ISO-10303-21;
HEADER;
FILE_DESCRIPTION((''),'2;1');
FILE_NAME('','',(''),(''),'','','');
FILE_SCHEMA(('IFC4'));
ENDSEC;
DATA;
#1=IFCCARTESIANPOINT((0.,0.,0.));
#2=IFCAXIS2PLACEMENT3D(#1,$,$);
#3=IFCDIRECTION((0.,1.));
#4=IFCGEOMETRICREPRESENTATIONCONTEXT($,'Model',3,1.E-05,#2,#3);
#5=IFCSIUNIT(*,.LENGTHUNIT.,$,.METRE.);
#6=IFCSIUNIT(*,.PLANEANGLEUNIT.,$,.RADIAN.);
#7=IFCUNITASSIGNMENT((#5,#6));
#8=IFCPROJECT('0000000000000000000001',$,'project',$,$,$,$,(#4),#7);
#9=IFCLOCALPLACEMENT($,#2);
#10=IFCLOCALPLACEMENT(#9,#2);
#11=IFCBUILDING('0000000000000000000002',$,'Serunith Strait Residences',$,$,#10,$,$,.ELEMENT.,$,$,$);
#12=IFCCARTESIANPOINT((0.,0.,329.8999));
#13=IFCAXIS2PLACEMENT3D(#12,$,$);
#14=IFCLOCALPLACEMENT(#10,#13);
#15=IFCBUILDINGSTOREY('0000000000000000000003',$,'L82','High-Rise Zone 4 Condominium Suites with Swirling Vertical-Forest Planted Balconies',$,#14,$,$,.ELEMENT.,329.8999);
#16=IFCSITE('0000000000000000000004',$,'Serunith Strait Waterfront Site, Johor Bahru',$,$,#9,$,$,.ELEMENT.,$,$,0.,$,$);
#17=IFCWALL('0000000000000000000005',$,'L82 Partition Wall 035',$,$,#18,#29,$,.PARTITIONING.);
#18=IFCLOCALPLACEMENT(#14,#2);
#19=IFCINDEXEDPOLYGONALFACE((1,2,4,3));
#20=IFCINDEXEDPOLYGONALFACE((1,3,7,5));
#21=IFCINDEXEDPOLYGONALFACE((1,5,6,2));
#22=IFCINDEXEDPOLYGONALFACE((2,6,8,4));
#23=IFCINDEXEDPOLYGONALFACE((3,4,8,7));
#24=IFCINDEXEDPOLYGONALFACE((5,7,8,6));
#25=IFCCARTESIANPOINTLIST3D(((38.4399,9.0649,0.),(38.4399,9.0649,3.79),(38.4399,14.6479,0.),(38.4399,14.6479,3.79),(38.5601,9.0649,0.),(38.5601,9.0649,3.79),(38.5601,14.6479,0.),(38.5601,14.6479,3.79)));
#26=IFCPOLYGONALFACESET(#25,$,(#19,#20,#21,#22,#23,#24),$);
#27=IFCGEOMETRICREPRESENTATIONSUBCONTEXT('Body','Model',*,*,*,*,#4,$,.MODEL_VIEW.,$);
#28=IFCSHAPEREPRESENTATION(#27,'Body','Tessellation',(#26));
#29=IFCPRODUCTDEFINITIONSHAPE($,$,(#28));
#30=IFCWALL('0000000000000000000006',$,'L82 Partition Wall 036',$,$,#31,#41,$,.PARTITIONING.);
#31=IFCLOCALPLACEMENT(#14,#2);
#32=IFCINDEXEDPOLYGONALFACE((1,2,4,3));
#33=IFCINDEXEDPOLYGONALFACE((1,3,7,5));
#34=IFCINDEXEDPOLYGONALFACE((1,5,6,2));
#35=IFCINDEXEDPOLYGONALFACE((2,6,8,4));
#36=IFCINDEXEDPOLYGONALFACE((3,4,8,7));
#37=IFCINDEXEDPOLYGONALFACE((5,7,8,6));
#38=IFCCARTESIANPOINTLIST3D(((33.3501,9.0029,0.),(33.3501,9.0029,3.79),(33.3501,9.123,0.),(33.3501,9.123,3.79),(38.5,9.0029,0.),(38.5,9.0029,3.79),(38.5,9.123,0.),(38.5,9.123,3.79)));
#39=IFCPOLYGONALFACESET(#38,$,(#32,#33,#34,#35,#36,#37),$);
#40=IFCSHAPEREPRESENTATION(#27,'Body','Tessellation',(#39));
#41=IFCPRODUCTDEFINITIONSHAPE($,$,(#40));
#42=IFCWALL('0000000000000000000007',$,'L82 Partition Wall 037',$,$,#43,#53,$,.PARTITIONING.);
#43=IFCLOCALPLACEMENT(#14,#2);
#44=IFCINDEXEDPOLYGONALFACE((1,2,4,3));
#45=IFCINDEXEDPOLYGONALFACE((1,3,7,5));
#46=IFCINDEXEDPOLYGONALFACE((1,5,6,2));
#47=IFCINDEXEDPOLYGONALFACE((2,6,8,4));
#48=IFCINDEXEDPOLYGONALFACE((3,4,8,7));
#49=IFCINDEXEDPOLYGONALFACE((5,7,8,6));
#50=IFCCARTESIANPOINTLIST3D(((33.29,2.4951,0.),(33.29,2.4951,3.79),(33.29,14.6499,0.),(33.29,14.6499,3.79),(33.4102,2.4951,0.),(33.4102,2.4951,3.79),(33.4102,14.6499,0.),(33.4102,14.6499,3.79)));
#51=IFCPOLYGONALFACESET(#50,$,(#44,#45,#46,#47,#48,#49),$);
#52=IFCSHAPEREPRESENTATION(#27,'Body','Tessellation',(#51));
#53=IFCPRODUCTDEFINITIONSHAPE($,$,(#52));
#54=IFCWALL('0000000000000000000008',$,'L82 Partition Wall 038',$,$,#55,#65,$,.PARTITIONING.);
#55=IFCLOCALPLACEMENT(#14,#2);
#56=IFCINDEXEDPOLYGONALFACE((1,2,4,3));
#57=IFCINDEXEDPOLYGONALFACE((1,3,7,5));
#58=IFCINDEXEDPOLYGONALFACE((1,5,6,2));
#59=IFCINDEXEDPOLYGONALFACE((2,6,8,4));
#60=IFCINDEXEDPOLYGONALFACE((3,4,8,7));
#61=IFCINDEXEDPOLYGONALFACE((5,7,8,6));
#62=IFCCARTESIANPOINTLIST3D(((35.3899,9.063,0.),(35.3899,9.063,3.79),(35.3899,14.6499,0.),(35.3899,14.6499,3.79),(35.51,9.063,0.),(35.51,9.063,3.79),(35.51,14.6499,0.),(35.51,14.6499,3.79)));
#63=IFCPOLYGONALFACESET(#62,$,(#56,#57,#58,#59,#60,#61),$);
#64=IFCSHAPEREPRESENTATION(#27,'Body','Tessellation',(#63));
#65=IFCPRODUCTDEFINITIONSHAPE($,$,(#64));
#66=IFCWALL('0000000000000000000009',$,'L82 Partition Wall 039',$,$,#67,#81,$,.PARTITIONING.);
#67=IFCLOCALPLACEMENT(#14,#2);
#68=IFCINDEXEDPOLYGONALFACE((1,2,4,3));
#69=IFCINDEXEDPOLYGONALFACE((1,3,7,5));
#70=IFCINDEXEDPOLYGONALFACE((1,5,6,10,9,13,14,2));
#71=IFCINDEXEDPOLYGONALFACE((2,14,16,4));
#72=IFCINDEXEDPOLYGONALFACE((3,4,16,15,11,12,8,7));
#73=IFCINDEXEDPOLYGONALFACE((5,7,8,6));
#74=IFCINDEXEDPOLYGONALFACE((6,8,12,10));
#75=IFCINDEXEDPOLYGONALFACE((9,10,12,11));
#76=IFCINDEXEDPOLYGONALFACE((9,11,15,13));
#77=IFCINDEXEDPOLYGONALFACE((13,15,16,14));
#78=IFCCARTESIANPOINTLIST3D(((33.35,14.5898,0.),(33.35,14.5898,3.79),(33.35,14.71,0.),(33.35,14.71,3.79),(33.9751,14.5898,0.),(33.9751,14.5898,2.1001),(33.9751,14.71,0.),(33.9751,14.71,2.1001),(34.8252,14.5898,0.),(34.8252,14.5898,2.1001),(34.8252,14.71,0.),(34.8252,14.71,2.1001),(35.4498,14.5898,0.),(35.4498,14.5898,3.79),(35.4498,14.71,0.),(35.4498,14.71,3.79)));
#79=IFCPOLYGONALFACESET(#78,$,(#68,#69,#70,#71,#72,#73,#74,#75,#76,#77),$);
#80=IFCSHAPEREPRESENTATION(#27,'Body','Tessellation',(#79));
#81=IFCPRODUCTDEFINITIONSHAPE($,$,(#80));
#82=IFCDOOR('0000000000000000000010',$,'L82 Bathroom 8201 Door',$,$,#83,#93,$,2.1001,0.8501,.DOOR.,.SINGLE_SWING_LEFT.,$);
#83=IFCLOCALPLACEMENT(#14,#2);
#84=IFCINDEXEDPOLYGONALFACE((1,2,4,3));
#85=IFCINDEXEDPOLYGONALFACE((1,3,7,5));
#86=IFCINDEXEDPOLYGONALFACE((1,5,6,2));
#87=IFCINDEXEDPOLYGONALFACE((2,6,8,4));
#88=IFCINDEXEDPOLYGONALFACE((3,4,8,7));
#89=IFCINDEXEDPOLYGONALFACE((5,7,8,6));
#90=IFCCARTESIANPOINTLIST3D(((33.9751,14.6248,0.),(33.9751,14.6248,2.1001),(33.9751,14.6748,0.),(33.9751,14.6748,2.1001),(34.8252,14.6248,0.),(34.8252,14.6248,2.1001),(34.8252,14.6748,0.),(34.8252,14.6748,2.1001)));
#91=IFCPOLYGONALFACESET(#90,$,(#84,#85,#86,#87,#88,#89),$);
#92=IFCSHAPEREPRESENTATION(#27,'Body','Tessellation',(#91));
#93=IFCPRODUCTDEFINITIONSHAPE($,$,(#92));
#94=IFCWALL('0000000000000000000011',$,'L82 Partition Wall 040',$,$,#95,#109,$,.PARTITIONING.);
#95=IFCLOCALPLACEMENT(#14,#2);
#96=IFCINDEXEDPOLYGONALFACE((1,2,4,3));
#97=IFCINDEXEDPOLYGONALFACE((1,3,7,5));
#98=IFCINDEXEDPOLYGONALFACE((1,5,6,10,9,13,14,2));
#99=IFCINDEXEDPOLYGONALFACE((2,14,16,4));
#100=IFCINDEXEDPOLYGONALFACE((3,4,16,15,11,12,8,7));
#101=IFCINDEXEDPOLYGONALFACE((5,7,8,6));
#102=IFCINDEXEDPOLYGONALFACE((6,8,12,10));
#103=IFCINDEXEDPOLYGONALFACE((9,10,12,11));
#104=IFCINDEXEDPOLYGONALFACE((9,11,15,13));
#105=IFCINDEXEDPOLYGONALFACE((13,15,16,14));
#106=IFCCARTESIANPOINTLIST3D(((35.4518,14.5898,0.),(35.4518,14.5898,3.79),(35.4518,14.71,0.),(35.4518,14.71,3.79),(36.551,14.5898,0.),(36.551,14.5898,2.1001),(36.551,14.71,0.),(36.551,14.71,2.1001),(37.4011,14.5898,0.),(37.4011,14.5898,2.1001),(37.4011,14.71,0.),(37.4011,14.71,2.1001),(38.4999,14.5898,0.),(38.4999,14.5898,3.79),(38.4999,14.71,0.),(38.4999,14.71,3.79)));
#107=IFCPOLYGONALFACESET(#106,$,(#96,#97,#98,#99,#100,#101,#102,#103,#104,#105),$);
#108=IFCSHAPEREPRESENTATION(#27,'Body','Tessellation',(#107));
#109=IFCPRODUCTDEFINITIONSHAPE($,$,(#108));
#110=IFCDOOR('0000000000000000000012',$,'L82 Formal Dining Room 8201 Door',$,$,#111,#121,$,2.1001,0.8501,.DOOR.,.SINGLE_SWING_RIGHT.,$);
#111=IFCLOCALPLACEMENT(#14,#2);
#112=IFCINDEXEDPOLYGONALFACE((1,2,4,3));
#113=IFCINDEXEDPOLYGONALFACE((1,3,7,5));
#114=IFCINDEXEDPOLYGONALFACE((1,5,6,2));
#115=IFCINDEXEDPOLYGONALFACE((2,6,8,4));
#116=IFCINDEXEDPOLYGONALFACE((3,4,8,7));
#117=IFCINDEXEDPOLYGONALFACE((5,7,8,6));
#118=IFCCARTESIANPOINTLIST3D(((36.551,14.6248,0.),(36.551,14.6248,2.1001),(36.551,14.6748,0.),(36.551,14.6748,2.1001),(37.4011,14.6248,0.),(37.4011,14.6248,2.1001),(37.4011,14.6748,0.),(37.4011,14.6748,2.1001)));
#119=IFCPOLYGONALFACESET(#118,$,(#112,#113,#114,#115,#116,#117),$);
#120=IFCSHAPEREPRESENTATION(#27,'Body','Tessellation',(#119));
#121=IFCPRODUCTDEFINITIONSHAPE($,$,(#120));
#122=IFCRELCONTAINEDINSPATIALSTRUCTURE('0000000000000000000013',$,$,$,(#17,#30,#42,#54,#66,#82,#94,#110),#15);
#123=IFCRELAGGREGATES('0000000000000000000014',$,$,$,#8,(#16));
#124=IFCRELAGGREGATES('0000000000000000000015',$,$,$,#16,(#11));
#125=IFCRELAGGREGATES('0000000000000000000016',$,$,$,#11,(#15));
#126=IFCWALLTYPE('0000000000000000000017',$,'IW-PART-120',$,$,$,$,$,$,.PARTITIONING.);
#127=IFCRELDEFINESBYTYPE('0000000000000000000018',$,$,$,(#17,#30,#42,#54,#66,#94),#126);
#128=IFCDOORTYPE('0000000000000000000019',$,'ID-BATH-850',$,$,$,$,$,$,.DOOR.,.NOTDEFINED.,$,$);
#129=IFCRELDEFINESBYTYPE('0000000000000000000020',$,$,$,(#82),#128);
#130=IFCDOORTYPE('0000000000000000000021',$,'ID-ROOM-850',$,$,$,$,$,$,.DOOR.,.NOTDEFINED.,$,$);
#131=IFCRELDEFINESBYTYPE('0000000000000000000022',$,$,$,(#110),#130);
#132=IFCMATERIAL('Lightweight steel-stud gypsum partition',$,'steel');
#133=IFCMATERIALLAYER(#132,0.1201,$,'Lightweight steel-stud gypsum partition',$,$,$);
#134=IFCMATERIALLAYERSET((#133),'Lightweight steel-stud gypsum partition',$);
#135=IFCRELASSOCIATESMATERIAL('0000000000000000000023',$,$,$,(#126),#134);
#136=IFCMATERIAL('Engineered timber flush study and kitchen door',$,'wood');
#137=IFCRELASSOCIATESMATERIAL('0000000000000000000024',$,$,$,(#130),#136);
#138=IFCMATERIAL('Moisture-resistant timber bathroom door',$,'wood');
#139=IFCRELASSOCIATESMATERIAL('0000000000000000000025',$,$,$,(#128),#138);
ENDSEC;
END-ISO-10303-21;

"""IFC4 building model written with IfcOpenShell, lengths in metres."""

from ifc_helpers import new_model, si_unit, direction, frame, frame_2d, origin, place, context, subcontext, project, spatial, rectangle, extrude, source, transform, mapped, material, layer, layer_set, type_object, element, fill, save


model = new_model("IFC4")

# Units and contexts
model_context = context("Model", 3, precision=1e-05, world=origin(), true_north=direction((0.0, 1.0)))
body_context = subcontext(model_context, "Body", "Model", "MODEL_VIEW")
ifc_project = project(units=[si_unit("LENGTHUNIT", "METRE"), si_unit("PLANEANGLEUNIT", "RADIAN")], contexts=[model_context])

# Site, building, storey
site_placement = place(None, origin())
site = spatial("IfcSite", under=ifc_project, at=site_placement, Name="Serunith Strait Waterfront Site, Johor Bahru", CompositionType="ELEMENT", RefElevation=0.0)
building_placement = place(site_placement, origin())
building = spatial("IfcBuilding", under=site, at=building_placement, Name="Serunith Strait Residences", CompositionType="ELEMENT")
storey_placement = place(building_placement, frame((0.0, 0.0, 329.8999)))
storey = spatial("IfcBuildingStorey", under=building, at=storey_placement, Name="L82", Description="High-Rise Zone 4 Condominium Suites with Swirling Vertical-Forest Planted Balconies", CompositionType="ELEMENT", Elevation=329.8999)

# Shared definitions
ifc_material_1 = material(Name="Lightweight steel-stud gypsum partition", Category="steel")
ifc_layer_1 = layer(ifc_material_1, 0.1201, Name="Lightweight steel-stud gypsum partition")
ifc_layer_set_1 = layer_set([ifc_layer_1], Name="Lightweight steel-stud gypsum partition")
wall_type = type_object("IfcWallType", Name="IW-PART-120", PredefinedType="PARTITIONING", material=ifc_layer_set_1)
ifc_material_2 = material(Name="Engineered timber flush study and kitchen door", Category="wood")
door_type_1 = type_object("IfcDoorType", Name="ID-ROOM-850", OperationType="NOTDEFINED", PredefinedType="DOOR", material=ifc_material_2)
shared_shape_1 = source(origin(), body_context, "Body", "SweptSolid", [
    extrude(rectangle(XDim=0.8501, YDim=2.1001, at=frame_2d((0.425, 1.05))), frame((0.0, 0.0249, 0.0), z_axis=(0.0, -1.0, 0.0), x_axis=(1.0, 0.0, 0.0)), (0.0, 0.0, 1.0), 0.05),
])

# Walls
wall_1_placement = place(storey_placement, frame((38.5, 9.0649, 0.0), z_axis=(0.0, 0.0, 1.0), x_axis=(0.0, 1.0, 0.0)))
element("IfcWall", 1, at=wall_1_placement, inside=storey, type_object=wall_type, Name="L82 Partition Wall 035", PredefinedType="PARTITIONING", context=body_context, shape_type="SweptSolid", body=[
    extrude(rectangle(XDim=5.583, YDim=0.1201, at=frame_2d((2.7915, 0.0))), origin(), (0.0, 0.0, 1.0), 3.79),
])
wall_2_placement = place(storey_placement, frame((33.3501, 9.063, 0.0), z_axis=(0.0, 0.0, 1.0), x_axis=(1.0, 0.0, 0.0)))
element("IfcWall", 2, at=wall_2_placement, inside=storey, type_object=wall_type, Name="L82 Partition Wall 036", PredefinedType="PARTITIONING", context=body_context, shape_type="SweptSolid", body=[
    extrude(rectangle(XDim=5.1499, YDim=0.1201, at=frame_2d((2.575, 0.0))), origin(), (0.0, 0.0, 1.0), 3.79),
])
wall_3_placement = place(storey_placement, frame((33.3501, 2.4951, 0.0), z_axis=(0.0, 0.0, 1.0), x_axis=(0.0, 1.0, 0.0)))
element("IfcWall", 3, at=wall_3_placement, inside=storey, type_object=wall_type, Name="L82 Partition Wall 037", PredefinedType="PARTITIONING", context=body_context, shape_type="SweptSolid", body=[
    extrude(rectangle(XDim=12.1548, YDim=0.1201, at=frame_2d((6.0774, 0.0))), origin(), (0.0, 0.0, 1.0), 3.79),
])
wall_4_placement = place(storey_placement, frame((35.45, 9.063, 0.0), z_axis=(0.0, 0.0, 1.0), x_axis=(0.0, 1.0, 0.0)))
element("IfcWall", 4, at=wall_4_placement, inside=storey, type_object=wall_type, Name="L82 Partition Wall 038", PredefinedType="PARTITIONING", context=body_context, shape_type="SweptSolid", body=[
    extrude(rectangle(XDim=5.5869, YDim=0.1201, at=frame_2d((2.7935, 0.0))), origin(), (0.0, 0.0, 1.0), 3.79),
])

# Walls, openings, doors
wall_5_placement = place(storey_placement, frame((33.3501, 14.6499, 0.0), z_axis=(0.0, 0.0, 1.0), x_axis=(1.0, 0.0, 0.0)))
wall_5 = element("IfcWall", 5, at=wall_5_placement, inside=storey, type_object=wall_type, Name="L82 Partition Wall 039", PredefinedType="PARTITIONING", context=body_context, shape_type="SweptSolid", body=[
    extrude(rectangle(XDim=2.0999, YDim=0.1201, at=frame_2d((1.0498, 0.0))), origin(), (0.0, 0.0, 1.0), 3.79),
])
opening_1_placement = place(wall_5_placement, frame((0.625, 0.0, 0.0)))
opening_1 = element("IfcOpeningElement", 6, at=opening_1_placement, cuts=wall_5, PredefinedType="OPENING", context=body_context, shape_type="SweptSolid", body=[
    extrude(rectangle(XDim=0.8501, YDim=2.1001, at=frame_2d((0.425, 1.05))), frame((0.0, 0.0701, 0.0), z_axis=(0.0, -1.0, 0.0), x_axis=(1.0, 0.0, 0.0)), (0.0, 0.0, 1.0), 0.1401),
])
ifc_material_3 = material(Name="Moisture-resistant timber bathroom door", Category="wood")
door_type_2 = type_object("IfcDoorType", Name="ID-BATH-850", OperationType="NOTDEFINED", PredefinedType="DOOR", material=ifc_material_3)
door_1_placement = place(opening_1_placement, origin())
door_1 = element("IfcDoor", 7, at=door_1_placement, inside=storey, type_object=door_type_2, Name="L82 Bathroom 8201 Door", OperationType="SINGLE_SWING_LEFT", OverallHeight=2.1001, OverallWidth=0.8501, PredefinedType="DOOR", context=body_context, shape_type="MappedRepresentation", body=[
    mapped(shared_shape_1, transform((0.0, 0.0, 0.0), scale=1.0)),
])
fill(opening_1, door_1)
wall_6_placement = place(storey_placement, frame((35.4519, 14.6499, 0.0), z_axis=(0.0, 0.0, 1.0), x_axis=(1.0, 0.0, 0.0)))
wall_6 = element("IfcWall", 8, at=wall_6_placement, inside=storey, type_object=wall_type, Name="L82 Partition Wall 040", PredefinedType="PARTITIONING", context=body_context, shape_type="SweptSolid", body=[
    extrude(rectangle(XDim=3.0481, YDim=0.1201, at=frame_2d((1.5239, 0.0))), origin(), (0.0, 0.0, 1.0), 3.79),
])
opening_2_placement = place(wall_6_placement, frame((1.0991, 0.0, 0.0)))
opening_2 = element("IfcOpeningElement", 9, at=opening_2_placement, cuts=wall_6, PredefinedType="OPENING", context=body_context, shape_type="SweptSolid", body=[
    extrude(rectangle(XDim=0.8501, YDim=2.1001, at=frame_2d((0.425, 1.05))), frame((0.0, 0.0701, 0.0), z_axis=(0.0, -1.0, 0.0), x_axis=(1.0, 0.0, 0.0)), (0.0, 0.0, 1.0), 0.1401),
])
door_2_placement = place(opening_2_placement, origin())
door_2 = element("IfcDoor", 10, at=door_2_placement, inside=storey, type_object=door_type_1, Name="L82 Formal Dining Room 8201 Door", OperationType="SINGLE_SWING_RIGHT", OverallHeight=2.1001, OverallWidth=0.8501, PredefinedType="DOOR", context=body_context, shape_type="MappedRepresentation", body=[
    mapped(shared_shape_1, transform((0.0, 0.0, 0.0), scale=1.0)),
])
fill(opening_2, door_2)

save(model, "model.ifc")
